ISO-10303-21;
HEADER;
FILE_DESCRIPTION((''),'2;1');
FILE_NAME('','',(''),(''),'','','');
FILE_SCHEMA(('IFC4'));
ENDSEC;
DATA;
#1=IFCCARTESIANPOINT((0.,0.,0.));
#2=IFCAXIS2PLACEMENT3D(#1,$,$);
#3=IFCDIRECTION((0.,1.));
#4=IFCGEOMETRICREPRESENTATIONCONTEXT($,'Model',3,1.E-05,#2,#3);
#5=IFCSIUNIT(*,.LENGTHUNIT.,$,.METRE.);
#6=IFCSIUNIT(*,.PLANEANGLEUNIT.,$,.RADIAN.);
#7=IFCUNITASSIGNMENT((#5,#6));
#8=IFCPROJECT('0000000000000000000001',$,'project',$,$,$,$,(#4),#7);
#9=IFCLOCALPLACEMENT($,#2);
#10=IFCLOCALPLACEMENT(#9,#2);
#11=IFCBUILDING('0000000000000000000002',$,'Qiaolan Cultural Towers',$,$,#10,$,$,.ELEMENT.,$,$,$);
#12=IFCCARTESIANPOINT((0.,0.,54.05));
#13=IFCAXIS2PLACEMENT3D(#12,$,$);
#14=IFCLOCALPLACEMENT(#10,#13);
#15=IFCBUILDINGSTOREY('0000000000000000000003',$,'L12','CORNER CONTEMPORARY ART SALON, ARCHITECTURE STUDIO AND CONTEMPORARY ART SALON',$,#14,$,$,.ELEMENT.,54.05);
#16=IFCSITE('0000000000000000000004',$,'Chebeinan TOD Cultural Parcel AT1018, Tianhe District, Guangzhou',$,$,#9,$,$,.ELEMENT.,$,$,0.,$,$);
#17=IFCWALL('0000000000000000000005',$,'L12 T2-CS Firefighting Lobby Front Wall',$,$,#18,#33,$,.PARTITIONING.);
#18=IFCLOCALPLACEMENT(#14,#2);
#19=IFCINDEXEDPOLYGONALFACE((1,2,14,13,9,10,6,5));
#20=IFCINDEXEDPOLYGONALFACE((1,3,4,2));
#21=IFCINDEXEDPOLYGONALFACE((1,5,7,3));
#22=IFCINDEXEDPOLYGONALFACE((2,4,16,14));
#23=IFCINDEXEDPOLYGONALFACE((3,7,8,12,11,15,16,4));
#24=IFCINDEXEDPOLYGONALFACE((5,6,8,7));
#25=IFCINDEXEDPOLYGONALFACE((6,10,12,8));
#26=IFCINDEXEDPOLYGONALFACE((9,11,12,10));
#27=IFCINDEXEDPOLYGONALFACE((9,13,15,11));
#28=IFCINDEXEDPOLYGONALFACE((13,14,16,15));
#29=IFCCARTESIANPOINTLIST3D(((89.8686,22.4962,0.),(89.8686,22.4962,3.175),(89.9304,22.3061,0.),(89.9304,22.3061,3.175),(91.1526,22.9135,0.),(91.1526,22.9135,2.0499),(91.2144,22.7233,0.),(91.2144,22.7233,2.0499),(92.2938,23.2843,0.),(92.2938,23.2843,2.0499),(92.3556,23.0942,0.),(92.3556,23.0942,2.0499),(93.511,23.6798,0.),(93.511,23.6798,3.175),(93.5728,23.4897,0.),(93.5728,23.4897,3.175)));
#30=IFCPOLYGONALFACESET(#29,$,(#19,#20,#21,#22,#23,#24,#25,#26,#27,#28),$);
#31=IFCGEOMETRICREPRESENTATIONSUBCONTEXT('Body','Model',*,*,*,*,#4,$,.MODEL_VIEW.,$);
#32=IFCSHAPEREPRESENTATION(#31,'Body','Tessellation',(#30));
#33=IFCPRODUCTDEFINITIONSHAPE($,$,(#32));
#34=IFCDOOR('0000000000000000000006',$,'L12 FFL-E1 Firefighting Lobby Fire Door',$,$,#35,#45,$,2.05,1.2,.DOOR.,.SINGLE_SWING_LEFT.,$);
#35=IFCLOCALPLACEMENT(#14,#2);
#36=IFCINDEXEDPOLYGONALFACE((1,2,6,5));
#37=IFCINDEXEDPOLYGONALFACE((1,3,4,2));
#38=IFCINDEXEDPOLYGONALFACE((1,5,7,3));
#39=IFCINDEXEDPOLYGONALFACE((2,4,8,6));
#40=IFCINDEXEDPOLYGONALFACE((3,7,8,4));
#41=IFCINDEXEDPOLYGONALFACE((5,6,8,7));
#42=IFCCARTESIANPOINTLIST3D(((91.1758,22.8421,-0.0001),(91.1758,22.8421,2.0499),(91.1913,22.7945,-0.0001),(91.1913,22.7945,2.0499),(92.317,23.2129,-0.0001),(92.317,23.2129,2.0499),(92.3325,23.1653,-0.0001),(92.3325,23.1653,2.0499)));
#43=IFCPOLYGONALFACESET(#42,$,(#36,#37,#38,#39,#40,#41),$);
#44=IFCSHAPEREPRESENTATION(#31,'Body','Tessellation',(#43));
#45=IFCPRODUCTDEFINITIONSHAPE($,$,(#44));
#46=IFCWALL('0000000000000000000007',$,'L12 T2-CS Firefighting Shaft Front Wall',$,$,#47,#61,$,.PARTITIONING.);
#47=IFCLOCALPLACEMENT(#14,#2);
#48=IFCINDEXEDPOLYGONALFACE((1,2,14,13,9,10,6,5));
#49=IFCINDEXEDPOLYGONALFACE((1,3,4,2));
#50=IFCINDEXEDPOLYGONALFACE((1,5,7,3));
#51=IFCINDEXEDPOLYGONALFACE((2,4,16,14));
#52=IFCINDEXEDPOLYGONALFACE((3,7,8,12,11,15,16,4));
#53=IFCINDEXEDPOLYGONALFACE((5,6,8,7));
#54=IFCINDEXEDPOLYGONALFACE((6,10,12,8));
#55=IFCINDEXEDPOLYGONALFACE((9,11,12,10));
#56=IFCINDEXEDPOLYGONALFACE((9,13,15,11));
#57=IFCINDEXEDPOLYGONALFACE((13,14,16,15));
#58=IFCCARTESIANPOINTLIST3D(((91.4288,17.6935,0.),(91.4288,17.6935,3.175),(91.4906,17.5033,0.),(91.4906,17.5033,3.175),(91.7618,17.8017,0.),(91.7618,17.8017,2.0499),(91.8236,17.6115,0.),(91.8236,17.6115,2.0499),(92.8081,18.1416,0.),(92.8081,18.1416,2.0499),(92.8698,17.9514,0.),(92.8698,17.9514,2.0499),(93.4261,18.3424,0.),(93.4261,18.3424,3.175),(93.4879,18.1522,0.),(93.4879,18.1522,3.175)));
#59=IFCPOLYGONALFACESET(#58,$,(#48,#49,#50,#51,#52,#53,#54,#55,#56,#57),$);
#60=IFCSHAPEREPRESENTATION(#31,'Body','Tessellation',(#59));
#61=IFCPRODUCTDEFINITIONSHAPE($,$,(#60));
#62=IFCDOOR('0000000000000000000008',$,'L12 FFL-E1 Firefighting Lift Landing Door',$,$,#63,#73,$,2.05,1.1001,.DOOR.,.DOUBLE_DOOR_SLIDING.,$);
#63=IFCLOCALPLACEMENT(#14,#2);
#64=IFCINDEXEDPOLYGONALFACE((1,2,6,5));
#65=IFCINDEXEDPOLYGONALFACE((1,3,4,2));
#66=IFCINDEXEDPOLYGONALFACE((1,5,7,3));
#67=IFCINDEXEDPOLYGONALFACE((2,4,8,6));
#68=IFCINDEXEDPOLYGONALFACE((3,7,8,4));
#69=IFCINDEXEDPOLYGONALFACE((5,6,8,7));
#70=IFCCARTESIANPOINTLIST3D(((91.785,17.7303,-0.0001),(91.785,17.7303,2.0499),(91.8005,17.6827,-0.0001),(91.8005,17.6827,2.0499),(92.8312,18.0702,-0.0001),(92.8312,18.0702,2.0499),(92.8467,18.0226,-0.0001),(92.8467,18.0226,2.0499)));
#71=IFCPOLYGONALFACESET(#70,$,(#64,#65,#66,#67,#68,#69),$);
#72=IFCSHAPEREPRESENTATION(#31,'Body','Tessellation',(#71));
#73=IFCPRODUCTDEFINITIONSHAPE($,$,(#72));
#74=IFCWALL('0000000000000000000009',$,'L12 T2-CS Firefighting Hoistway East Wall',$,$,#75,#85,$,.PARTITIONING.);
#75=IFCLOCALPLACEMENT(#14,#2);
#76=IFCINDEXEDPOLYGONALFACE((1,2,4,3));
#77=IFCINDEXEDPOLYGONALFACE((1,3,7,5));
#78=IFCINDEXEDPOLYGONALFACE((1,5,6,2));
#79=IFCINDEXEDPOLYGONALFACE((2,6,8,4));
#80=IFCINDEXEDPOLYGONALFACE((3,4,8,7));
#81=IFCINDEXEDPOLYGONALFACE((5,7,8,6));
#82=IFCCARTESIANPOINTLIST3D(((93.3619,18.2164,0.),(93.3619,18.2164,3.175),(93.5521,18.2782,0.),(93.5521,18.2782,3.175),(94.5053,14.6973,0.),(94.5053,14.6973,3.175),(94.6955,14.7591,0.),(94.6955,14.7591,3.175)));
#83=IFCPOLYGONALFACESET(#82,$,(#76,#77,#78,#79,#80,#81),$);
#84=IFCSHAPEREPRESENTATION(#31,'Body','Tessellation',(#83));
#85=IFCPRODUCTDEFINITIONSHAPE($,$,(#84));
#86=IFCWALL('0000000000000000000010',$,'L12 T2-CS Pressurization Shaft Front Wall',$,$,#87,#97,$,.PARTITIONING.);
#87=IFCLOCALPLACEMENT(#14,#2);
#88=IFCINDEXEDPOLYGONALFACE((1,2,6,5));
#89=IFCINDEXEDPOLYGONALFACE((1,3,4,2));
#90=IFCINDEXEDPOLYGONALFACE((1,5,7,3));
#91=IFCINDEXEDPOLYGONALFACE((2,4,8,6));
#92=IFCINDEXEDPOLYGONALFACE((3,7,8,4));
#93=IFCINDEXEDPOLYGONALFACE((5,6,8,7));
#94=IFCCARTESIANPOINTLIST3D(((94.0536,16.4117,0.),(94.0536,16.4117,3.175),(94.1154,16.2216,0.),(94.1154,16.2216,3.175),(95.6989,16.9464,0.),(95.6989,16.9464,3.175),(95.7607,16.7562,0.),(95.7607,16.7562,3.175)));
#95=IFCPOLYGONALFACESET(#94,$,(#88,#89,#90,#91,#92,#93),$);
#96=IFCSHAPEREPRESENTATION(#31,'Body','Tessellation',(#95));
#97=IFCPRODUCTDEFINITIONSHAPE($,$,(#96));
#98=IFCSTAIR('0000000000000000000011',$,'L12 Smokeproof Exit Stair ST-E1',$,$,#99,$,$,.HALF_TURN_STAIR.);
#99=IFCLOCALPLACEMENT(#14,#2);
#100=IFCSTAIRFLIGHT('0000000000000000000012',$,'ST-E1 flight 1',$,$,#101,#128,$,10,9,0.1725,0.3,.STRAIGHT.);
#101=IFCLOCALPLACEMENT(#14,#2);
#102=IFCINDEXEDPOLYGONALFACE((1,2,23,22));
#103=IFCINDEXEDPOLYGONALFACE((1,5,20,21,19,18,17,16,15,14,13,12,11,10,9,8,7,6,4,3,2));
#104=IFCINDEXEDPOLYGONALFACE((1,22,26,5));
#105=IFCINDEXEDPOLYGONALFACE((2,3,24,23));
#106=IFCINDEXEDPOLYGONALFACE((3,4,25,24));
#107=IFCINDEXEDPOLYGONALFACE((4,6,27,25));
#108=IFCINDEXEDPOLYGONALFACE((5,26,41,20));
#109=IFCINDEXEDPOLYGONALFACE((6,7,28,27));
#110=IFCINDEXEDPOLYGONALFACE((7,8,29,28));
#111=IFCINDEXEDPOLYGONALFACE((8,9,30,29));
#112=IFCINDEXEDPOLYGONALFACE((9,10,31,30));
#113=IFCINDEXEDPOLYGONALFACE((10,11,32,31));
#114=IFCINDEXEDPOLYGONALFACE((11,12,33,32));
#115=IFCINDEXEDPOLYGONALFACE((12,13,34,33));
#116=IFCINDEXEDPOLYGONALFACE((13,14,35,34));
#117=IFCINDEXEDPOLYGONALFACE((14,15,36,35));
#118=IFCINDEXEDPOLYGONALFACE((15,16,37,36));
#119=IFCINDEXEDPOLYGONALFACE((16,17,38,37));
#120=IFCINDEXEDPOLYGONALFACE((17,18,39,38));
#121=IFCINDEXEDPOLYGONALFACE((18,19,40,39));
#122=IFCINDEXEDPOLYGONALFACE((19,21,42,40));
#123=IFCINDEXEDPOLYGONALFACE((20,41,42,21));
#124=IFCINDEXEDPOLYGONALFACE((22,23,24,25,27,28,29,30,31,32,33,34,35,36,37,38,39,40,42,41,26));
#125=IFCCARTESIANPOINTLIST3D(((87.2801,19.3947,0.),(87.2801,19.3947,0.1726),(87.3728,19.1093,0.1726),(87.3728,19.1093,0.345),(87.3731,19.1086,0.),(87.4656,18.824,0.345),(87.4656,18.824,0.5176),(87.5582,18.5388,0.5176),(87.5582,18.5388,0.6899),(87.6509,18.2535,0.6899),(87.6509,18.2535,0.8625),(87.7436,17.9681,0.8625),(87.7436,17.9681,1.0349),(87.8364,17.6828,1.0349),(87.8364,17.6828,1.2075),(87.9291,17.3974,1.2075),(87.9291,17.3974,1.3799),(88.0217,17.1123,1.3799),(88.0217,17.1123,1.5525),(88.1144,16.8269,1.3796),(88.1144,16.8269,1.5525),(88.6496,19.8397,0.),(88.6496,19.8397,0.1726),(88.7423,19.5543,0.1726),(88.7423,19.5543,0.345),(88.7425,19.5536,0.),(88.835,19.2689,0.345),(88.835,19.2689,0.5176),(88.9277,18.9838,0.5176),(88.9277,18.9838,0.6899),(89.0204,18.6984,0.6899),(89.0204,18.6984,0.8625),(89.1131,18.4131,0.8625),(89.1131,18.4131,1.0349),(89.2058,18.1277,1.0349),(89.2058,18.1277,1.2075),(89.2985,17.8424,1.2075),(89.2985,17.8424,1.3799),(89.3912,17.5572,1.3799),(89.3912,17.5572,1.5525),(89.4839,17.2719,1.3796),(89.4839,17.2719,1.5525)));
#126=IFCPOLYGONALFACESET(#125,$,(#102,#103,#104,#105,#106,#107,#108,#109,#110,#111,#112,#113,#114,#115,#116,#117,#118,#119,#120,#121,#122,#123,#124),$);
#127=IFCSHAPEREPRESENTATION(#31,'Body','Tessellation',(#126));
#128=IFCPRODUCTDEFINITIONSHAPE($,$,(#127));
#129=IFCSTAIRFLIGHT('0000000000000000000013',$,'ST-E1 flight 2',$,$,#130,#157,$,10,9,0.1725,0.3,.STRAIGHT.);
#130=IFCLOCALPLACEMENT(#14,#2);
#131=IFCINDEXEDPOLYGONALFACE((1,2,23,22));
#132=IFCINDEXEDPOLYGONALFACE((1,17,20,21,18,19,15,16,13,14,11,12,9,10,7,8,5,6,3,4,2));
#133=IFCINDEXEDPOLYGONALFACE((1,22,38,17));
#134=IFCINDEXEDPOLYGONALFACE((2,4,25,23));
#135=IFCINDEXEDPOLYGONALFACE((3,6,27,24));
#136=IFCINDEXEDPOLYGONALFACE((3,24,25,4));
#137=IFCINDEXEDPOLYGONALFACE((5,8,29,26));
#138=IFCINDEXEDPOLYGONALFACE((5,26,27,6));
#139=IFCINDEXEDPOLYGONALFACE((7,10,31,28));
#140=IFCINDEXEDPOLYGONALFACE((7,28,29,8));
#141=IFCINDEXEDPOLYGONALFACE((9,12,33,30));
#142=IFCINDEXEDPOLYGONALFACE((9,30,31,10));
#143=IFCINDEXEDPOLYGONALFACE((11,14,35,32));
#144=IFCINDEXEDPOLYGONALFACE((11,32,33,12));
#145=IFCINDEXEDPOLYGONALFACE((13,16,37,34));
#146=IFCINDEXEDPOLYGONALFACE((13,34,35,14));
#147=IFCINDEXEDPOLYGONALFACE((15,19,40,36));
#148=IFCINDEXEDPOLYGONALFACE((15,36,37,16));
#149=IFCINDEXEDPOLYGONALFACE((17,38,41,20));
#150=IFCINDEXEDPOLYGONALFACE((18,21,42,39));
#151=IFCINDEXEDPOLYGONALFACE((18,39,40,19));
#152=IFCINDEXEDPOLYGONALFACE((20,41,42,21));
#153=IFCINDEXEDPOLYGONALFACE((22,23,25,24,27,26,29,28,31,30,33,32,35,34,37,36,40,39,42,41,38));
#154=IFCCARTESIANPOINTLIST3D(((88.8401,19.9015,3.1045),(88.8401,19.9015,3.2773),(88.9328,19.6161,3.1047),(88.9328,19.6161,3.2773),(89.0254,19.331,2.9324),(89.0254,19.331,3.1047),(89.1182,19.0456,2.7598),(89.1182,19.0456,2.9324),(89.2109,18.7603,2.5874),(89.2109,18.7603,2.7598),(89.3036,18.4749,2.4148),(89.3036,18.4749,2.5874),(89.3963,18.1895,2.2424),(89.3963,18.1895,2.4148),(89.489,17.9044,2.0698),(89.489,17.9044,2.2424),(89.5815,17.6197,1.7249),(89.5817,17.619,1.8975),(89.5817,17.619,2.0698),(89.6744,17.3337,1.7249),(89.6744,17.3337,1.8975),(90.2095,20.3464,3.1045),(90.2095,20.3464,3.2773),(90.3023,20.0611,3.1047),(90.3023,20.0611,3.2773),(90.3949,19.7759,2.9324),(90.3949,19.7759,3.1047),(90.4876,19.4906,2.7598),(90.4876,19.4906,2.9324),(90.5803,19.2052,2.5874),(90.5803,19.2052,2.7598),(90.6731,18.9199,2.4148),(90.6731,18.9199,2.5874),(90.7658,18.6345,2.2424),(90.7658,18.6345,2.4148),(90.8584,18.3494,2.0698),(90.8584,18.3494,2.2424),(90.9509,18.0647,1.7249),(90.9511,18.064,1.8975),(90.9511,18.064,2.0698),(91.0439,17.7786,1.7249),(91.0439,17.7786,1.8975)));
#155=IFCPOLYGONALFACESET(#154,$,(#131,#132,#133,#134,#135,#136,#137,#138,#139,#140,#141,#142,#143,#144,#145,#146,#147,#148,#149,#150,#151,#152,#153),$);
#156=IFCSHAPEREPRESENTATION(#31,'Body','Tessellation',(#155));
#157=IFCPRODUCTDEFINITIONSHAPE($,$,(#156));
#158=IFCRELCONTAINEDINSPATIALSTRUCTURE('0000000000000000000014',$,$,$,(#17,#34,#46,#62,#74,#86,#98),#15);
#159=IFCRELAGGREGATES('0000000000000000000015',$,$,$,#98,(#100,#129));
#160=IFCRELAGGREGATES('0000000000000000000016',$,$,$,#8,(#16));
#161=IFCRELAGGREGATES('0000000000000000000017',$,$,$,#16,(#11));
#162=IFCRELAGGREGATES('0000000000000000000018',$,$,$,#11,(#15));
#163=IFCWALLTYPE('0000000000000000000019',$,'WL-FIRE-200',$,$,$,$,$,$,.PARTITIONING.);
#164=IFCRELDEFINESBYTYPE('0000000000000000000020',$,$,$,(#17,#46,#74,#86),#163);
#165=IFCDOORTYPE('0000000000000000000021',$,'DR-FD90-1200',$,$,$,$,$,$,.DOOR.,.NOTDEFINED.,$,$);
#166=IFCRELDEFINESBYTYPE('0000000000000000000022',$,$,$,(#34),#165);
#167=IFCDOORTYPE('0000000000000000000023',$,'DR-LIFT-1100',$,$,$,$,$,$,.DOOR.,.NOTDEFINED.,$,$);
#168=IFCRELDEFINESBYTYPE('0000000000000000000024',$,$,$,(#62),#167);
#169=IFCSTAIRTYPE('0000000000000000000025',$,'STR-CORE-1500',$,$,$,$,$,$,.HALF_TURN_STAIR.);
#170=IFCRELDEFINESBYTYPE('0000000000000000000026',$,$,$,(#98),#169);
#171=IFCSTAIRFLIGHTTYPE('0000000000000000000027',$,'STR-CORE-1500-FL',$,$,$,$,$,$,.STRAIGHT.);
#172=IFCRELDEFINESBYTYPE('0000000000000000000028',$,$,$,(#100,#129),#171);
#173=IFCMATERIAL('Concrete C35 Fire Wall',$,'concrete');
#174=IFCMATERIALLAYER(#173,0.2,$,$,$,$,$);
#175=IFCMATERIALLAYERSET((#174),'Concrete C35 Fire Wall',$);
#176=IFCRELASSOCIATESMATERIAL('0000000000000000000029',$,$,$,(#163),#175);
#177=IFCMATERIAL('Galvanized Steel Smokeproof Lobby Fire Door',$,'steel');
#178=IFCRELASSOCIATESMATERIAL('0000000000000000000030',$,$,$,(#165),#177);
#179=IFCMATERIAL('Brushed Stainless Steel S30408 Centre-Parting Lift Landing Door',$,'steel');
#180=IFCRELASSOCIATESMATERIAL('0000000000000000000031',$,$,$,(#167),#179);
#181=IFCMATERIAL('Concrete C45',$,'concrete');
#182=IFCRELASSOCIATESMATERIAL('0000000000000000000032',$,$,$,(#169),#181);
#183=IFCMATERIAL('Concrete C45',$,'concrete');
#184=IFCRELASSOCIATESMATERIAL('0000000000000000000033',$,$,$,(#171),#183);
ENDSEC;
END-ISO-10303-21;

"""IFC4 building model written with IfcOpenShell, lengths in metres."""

from ifc_helpers import new_model, si_unit, direction, frame, frame_2d, origin, place, context, subcontext, project, spatial, polyline, rectangle, outline, extrude, material, layer, layer_set, type_object, element, fill, aggregate, save


model = new_model("IFC4")

# Units and contexts
model_context = context("Model", 3, precision=1e-05, world=origin(), true_north=direction((0.0, 1.0)))
body_context = subcontext(model_context, "Body", "Model", "MODEL_VIEW")
ifc_project = project(units=[si_unit("LENGTHUNIT", "METRE"), si_unit("PLANEANGLEUNIT", "RADIAN")], contexts=[model_context])

# Site, building, storey
site_placement = place(None, origin())
site = spatial("IfcSite", under=ifc_project, at=site_placement, Name="Chebeinan TOD Cultural Parcel AT1018, Tianhe District, Guangzhou", CompositionType="ELEMENT", RefElevation=0.0)
building_placement = place(site_placement, origin())
building = spatial("IfcBuilding", under=site, at=building_placement, Name="Qiaolan Cultural Towers", CompositionType="ELEMENT")
storey_placement = place(building_placement, frame((0.0, 0.0, 54.05)))
storey = spatial("IfcBuildingStorey", under=building, at=storey_placement, Name="L12", Description="CORNER CONTEMPORARY ART SALON, ARCHITECTURE STUDIO AND CONTEMPORARY ART SALON", CompositionType="ELEMENT", Elevation=54.05)

# Walls, openings, doors
ifc_material_1 = material(Name="Concrete C35 Fire Wall", Category="concrete")
ifc_layer_1 = layer(ifc_material_1, 0.2)
ifc_layer_set_1 = layer_set([ifc_layer_1], Name="Concrete C35 Fire Wall")
wall_type_1 = type_object("IfcWallType", Name="WL-FIRE-200", PredefinedType="PARTITIONING", material=ifc_layer_set_1)
wall_1_placement = place(storey_placement, frame((89.8994, 22.4011, 0.0), z_axis=(0.0, 0.0, 1.0), x_axis=(0.951047, 0.309047, 0.0)))
wall_1 = element("IfcWall", 1, at=wall_1_placement, inside=storey, type_object=wall_type_1, Name="L12 T2-CS Firefighting Lobby Front Wall", PredefinedType="PARTITIONING", context=body_context, shape_type="SweptSolid", body=[
    extrude(rectangle(XDim=3.8298, YDim=0.2, at=frame_2d((1.915, 0.0))), origin(), (0.0, 0.0, 1.0), 3.175),
])
opening_1_placement = place(wall_1_placement, frame((1.3501, 0.0, 0.0)))
opening_1 = element("IfcOpeningElement", 2, at=opening_1_placement, cuts=wall_1, PredefinedType="OPENING", context=body_context, shape_type="SweptSolid", body=[
    extrude(rectangle(XDim=1.2, YDim=2.05, at=frame_2d((0.6001, 1.0249))), frame((0.0, 0.1099, 0.0), z_axis=(0.0, -1.0, 0.0), x_axis=(1.0, 0.0, 0.0)), (0.0, 0.0, 1.0), 0.22),
])
ifc_material_2 = material(Name="Galvanized Steel Smokeproof Lobby Fire Door", Category="steel")
door_type_1 = type_object("IfcDoorType", Name="DR-FD90-1200", OperationType="NOTDEFINED", PredefinedType="DOOR", material=ifc_material_2)
door_1_placement = place(opening_1_placement, origin())
door_1 = element("IfcDoor", 3, at=door_1_placement, inside=storey, type_object=door_type_1, Name="L12 FFL-E1 Firefighting Lobby Fire Door", OperationType="SINGLE_SWING_LEFT", OverallHeight=2.05, OverallWidth=1.2, PredefinedType="DOOR", context=body_context, shape_type="SweptSolid", body=[
    extrude(rectangle(XDim=1.2, YDim=2.05, at=frame_2d((0.6001, 1.0249))), frame((0.0, 0.0249, 0.0), z_axis=(0.0, -1.0, 0.0), x_axis=(1.0, 0.0, 0.0)), (0.0, 0.0, 1.0), 0.05),
])
fill(opening_1, door_1)
wall_2_placement = place(storey_placement, frame((91.4597, 17.5984, 0.0), z_axis=(0.0, 0.0, 1.0), x_axis=(0.951062, 0.308999, 0.0)))
wall_2 = element("IfcWall", 4, at=wall_2_placement, inside=storey, type_object=wall_type_1, Name="L12 T2-CS Firefighting Shaft Front Wall", PredefinedType="PARTITIONING", context=body_context, shape_type="SweptSolid", body=[
    extrude(rectangle(XDim=2.1001, YDim=0.2, at=frame_2d((1.05, 0.0))), origin(), (0.0, 0.0, 1.0), 3.175),
])
opening_2_placement = place(wall_2_placement, frame((0.3501, 0.0, 0.0)))
opening_2 = element("IfcOpeningElement", 5, at=opening_2_placement, cuts=wall_2, PredefinedType="OPENING", context=body_context, shape_type="SweptSolid", body=[
    extrude(rectangle(XDim=1.1001, YDim=2.05, at=frame_2d((0.55, 1.0249))), frame((0.0, 0.1099, 0.0), z_axis=(0.0, -1.0, 0.0), x_axis=(1.0, 0.0, 0.0)), (0.0, 0.0, 1.0), 0.22),
])
ifc_material_3 = material(Name="Brushed Stainless Steel S30408 Centre-Parting Lift Landing Door", Category="steel")
door_type_2 = type_object("IfcDoorType", Name="DR-LIFT-1100", OperationType="NOTDEFINED", PredefinedType="DOOR", material=ifc_material_3)
door_2_placement = place(opening_2_placement, origin())
door_2 = element("IfcDoor", 6, at=door_2_placement, inside=storey, type_object=door_type_2, Name="L12 FFL-E1 Firefighting Lift Landing Door", OperationType="DOUBLE_DOOR_SLIDING", OverallHeight=2.05, OverallWidth=1.1001, PredefinedType="DOOR", context=body_context, shape_type="SweptSolid", body=[
    extrude(rectangle(XDim=1.1001, YDim=2.05, at=frame_2d((0.55, 1.0249))), frame((0.0, 0.0249, 0.0), z_axis=(0.0, -1.0, 0.0), x_axis=(1.0, 0.0, 0.0)), (0.0, 0.0, 1.0), 0.05),
])
fill(opening_2, door_2)

# Walls
wall_3_placement = place(storey_placement, frame((93.457, 18.2473, 0.0), z_axis=(0.0, 0.0, 1.0), x_axis=(0.308994, -0.951064, 0.0)))
element("IfcWall", 7, at=wall_3_placement, inside=storey, type_object=wall_type_1, Name="L12 T2-CS Firefighting Hoistway East Wall", PredefinedType="PARTITIONING", context=body_context, shape_type="SweptSolid", body=[
    extrude(rectangle(XDim=3.7002, YDim=0.2, at=frame_2d((1.8501, 0.0))), origin(), (0.0, 0.0, 1.0), 3.175),
])
wall_4_placement = place(storey_placement, frame((94.0845, 16.3167, 0.0), z_axis=(0.0, 0.0, 1.0), x_axis=(0.951041, 0.309064, 0.0)))
element("IfcWall", 8, at=wall_4_placement, inside=storey, type_object=wall_type_1, Name="L12 T2-CS Pressurization Shaft Front Wall", PredefinedType="PARTITIONING", context=body_context, shape_type="SweptSolid", body=[
    extrude(rectangle(XDim=1.73, YDim=0.2, at=frame_2d((0.865, 0.0))), origin(), (0.0, 0.0, 1.0), 3.175),
])

# Stair, stair flights
ifc_material_4 = material(Name="Concrete C45", Category="concrete")
stair_type = type_object("IfcStairType", Name="STR-CORE-1500", PredefinedType="HALF_TURN_STAIR", material=ifc_material_4)
stair_placement = place(storey_placement, origin())
stair = element("IfcStair", 9, at=stair_placement, inside=storey, type_object=stair_type, Name="L12 Smokeproof Exit Stair ST-E1", PredefinedType="HALF_TURN_STAIR")
ifc_material_5 = material(Name="Concrete C45", Category="concrete")
stair_flight_type = type_object("IfcStairFlightType", Name="STR-CORE-1500-FL", PredefinedType="STRAIGHT", material=ifc_material_5)
stair_flight_1_placement = place(storey_placement, frame((87.9648, 19.6172, 0.0), z_axis=(0.0, 0.0, 1.0), x_axis=(0.309017, -0.951057, 0.0)))
stair_flight_1 = element("IfcStairFlight", 10, at=stair_flight_1_placement, type_object=stair_flight_type, Name="ST-E1 flight 1", NumberOfRisers=10, NumberOfTreads=9, PredefinedType="STRAIGHT", RiserHeight=0.1725, TreadLength=0.3, context=body_context, shape_type="SweptSolid", body=[
    extrude(outline(polyline([(0.0, 0.0), (0.0, 0.1726), (0.3, 0.1726), (0.3, 0.345), (0.6001, 0.345), (0.6001, 0.5176), (0.8999, 0.5176), (0.8999, 0.6899), (1.2, 0.6899), (1.2, 0.8625), (1.5, 0.8625), (1.5, 1.0349), (1.8, 1.0349), (1.8, 1.2075), (2.1001, 1.2075), (2.1001, 1.3799), (2.3999, 1.3799), (2.3999, 1.5525), (2.7, 1.5525), (2.7, 1.7251), (2.7, 1.3796), (0.3008, 0.0), (0.0, 0.0)])), frame((0.0, 0.72, 0.0), z_axis=(0.0, -1.0, 0.0), x_axis=(1.0, 0.0, 0.0)), (0.0, 0.0, 1.0), 1.4399),
])
stair_flight_2_placement = place(storey_placement, frame((90.3591, 17.5562, 1.7249), z_axis=(0.0, 0.0, 1.0), x_axis=(-0.309017, 0.951057, 0.0)))
stair_flight_2 = element("IfcStairFlight", 11, at=stair_flight_2_placement, type_object=stair_flight_type, Name="ST-E1 flight 2", NumberOfRisers=10, NumberOfTreads=9, PredefinedType="STRAIGHT", RiserHeight=0.1725, TreadLength=0.3, context=body_context, shape_type="SweptSolid", body=[
    extrude(outline(polyline([(0.0, 0.0), (0.0, 0.1726), (0.3, 0.1726), (0.3, 0.345), (0.6001, 0.345), (0.6001, 0.5176), (0.8999, 0.5176), (0.8999, 0.6899), (1.2, 0.6899), (1.2, 0.8625), (1.5, 0.8625), (1.5, 1.0349), (1.8, 1.0349), (1.8, 1.2075), (2.1001, 1.2075), (2.1001, 1.3799), (2.3999, 1.3799), (2.3999, 1.5525), (2.7, 1.5525), (2.7, 1.7251), (2.7, 1.3796), (0.3008, 0.0), (0.0, 0.0)])), frame((0.0, 0.72, 0.0), z_axis=(0.0, -1.0, 0.0), x_axis=(1.0, 0.0, 0.0)), (0.0, 0.0, 1.0), 1.4399),
])
aggregate(stair, [stair_flight_1, stair_flight_2])

save(model, "model.ifc")
